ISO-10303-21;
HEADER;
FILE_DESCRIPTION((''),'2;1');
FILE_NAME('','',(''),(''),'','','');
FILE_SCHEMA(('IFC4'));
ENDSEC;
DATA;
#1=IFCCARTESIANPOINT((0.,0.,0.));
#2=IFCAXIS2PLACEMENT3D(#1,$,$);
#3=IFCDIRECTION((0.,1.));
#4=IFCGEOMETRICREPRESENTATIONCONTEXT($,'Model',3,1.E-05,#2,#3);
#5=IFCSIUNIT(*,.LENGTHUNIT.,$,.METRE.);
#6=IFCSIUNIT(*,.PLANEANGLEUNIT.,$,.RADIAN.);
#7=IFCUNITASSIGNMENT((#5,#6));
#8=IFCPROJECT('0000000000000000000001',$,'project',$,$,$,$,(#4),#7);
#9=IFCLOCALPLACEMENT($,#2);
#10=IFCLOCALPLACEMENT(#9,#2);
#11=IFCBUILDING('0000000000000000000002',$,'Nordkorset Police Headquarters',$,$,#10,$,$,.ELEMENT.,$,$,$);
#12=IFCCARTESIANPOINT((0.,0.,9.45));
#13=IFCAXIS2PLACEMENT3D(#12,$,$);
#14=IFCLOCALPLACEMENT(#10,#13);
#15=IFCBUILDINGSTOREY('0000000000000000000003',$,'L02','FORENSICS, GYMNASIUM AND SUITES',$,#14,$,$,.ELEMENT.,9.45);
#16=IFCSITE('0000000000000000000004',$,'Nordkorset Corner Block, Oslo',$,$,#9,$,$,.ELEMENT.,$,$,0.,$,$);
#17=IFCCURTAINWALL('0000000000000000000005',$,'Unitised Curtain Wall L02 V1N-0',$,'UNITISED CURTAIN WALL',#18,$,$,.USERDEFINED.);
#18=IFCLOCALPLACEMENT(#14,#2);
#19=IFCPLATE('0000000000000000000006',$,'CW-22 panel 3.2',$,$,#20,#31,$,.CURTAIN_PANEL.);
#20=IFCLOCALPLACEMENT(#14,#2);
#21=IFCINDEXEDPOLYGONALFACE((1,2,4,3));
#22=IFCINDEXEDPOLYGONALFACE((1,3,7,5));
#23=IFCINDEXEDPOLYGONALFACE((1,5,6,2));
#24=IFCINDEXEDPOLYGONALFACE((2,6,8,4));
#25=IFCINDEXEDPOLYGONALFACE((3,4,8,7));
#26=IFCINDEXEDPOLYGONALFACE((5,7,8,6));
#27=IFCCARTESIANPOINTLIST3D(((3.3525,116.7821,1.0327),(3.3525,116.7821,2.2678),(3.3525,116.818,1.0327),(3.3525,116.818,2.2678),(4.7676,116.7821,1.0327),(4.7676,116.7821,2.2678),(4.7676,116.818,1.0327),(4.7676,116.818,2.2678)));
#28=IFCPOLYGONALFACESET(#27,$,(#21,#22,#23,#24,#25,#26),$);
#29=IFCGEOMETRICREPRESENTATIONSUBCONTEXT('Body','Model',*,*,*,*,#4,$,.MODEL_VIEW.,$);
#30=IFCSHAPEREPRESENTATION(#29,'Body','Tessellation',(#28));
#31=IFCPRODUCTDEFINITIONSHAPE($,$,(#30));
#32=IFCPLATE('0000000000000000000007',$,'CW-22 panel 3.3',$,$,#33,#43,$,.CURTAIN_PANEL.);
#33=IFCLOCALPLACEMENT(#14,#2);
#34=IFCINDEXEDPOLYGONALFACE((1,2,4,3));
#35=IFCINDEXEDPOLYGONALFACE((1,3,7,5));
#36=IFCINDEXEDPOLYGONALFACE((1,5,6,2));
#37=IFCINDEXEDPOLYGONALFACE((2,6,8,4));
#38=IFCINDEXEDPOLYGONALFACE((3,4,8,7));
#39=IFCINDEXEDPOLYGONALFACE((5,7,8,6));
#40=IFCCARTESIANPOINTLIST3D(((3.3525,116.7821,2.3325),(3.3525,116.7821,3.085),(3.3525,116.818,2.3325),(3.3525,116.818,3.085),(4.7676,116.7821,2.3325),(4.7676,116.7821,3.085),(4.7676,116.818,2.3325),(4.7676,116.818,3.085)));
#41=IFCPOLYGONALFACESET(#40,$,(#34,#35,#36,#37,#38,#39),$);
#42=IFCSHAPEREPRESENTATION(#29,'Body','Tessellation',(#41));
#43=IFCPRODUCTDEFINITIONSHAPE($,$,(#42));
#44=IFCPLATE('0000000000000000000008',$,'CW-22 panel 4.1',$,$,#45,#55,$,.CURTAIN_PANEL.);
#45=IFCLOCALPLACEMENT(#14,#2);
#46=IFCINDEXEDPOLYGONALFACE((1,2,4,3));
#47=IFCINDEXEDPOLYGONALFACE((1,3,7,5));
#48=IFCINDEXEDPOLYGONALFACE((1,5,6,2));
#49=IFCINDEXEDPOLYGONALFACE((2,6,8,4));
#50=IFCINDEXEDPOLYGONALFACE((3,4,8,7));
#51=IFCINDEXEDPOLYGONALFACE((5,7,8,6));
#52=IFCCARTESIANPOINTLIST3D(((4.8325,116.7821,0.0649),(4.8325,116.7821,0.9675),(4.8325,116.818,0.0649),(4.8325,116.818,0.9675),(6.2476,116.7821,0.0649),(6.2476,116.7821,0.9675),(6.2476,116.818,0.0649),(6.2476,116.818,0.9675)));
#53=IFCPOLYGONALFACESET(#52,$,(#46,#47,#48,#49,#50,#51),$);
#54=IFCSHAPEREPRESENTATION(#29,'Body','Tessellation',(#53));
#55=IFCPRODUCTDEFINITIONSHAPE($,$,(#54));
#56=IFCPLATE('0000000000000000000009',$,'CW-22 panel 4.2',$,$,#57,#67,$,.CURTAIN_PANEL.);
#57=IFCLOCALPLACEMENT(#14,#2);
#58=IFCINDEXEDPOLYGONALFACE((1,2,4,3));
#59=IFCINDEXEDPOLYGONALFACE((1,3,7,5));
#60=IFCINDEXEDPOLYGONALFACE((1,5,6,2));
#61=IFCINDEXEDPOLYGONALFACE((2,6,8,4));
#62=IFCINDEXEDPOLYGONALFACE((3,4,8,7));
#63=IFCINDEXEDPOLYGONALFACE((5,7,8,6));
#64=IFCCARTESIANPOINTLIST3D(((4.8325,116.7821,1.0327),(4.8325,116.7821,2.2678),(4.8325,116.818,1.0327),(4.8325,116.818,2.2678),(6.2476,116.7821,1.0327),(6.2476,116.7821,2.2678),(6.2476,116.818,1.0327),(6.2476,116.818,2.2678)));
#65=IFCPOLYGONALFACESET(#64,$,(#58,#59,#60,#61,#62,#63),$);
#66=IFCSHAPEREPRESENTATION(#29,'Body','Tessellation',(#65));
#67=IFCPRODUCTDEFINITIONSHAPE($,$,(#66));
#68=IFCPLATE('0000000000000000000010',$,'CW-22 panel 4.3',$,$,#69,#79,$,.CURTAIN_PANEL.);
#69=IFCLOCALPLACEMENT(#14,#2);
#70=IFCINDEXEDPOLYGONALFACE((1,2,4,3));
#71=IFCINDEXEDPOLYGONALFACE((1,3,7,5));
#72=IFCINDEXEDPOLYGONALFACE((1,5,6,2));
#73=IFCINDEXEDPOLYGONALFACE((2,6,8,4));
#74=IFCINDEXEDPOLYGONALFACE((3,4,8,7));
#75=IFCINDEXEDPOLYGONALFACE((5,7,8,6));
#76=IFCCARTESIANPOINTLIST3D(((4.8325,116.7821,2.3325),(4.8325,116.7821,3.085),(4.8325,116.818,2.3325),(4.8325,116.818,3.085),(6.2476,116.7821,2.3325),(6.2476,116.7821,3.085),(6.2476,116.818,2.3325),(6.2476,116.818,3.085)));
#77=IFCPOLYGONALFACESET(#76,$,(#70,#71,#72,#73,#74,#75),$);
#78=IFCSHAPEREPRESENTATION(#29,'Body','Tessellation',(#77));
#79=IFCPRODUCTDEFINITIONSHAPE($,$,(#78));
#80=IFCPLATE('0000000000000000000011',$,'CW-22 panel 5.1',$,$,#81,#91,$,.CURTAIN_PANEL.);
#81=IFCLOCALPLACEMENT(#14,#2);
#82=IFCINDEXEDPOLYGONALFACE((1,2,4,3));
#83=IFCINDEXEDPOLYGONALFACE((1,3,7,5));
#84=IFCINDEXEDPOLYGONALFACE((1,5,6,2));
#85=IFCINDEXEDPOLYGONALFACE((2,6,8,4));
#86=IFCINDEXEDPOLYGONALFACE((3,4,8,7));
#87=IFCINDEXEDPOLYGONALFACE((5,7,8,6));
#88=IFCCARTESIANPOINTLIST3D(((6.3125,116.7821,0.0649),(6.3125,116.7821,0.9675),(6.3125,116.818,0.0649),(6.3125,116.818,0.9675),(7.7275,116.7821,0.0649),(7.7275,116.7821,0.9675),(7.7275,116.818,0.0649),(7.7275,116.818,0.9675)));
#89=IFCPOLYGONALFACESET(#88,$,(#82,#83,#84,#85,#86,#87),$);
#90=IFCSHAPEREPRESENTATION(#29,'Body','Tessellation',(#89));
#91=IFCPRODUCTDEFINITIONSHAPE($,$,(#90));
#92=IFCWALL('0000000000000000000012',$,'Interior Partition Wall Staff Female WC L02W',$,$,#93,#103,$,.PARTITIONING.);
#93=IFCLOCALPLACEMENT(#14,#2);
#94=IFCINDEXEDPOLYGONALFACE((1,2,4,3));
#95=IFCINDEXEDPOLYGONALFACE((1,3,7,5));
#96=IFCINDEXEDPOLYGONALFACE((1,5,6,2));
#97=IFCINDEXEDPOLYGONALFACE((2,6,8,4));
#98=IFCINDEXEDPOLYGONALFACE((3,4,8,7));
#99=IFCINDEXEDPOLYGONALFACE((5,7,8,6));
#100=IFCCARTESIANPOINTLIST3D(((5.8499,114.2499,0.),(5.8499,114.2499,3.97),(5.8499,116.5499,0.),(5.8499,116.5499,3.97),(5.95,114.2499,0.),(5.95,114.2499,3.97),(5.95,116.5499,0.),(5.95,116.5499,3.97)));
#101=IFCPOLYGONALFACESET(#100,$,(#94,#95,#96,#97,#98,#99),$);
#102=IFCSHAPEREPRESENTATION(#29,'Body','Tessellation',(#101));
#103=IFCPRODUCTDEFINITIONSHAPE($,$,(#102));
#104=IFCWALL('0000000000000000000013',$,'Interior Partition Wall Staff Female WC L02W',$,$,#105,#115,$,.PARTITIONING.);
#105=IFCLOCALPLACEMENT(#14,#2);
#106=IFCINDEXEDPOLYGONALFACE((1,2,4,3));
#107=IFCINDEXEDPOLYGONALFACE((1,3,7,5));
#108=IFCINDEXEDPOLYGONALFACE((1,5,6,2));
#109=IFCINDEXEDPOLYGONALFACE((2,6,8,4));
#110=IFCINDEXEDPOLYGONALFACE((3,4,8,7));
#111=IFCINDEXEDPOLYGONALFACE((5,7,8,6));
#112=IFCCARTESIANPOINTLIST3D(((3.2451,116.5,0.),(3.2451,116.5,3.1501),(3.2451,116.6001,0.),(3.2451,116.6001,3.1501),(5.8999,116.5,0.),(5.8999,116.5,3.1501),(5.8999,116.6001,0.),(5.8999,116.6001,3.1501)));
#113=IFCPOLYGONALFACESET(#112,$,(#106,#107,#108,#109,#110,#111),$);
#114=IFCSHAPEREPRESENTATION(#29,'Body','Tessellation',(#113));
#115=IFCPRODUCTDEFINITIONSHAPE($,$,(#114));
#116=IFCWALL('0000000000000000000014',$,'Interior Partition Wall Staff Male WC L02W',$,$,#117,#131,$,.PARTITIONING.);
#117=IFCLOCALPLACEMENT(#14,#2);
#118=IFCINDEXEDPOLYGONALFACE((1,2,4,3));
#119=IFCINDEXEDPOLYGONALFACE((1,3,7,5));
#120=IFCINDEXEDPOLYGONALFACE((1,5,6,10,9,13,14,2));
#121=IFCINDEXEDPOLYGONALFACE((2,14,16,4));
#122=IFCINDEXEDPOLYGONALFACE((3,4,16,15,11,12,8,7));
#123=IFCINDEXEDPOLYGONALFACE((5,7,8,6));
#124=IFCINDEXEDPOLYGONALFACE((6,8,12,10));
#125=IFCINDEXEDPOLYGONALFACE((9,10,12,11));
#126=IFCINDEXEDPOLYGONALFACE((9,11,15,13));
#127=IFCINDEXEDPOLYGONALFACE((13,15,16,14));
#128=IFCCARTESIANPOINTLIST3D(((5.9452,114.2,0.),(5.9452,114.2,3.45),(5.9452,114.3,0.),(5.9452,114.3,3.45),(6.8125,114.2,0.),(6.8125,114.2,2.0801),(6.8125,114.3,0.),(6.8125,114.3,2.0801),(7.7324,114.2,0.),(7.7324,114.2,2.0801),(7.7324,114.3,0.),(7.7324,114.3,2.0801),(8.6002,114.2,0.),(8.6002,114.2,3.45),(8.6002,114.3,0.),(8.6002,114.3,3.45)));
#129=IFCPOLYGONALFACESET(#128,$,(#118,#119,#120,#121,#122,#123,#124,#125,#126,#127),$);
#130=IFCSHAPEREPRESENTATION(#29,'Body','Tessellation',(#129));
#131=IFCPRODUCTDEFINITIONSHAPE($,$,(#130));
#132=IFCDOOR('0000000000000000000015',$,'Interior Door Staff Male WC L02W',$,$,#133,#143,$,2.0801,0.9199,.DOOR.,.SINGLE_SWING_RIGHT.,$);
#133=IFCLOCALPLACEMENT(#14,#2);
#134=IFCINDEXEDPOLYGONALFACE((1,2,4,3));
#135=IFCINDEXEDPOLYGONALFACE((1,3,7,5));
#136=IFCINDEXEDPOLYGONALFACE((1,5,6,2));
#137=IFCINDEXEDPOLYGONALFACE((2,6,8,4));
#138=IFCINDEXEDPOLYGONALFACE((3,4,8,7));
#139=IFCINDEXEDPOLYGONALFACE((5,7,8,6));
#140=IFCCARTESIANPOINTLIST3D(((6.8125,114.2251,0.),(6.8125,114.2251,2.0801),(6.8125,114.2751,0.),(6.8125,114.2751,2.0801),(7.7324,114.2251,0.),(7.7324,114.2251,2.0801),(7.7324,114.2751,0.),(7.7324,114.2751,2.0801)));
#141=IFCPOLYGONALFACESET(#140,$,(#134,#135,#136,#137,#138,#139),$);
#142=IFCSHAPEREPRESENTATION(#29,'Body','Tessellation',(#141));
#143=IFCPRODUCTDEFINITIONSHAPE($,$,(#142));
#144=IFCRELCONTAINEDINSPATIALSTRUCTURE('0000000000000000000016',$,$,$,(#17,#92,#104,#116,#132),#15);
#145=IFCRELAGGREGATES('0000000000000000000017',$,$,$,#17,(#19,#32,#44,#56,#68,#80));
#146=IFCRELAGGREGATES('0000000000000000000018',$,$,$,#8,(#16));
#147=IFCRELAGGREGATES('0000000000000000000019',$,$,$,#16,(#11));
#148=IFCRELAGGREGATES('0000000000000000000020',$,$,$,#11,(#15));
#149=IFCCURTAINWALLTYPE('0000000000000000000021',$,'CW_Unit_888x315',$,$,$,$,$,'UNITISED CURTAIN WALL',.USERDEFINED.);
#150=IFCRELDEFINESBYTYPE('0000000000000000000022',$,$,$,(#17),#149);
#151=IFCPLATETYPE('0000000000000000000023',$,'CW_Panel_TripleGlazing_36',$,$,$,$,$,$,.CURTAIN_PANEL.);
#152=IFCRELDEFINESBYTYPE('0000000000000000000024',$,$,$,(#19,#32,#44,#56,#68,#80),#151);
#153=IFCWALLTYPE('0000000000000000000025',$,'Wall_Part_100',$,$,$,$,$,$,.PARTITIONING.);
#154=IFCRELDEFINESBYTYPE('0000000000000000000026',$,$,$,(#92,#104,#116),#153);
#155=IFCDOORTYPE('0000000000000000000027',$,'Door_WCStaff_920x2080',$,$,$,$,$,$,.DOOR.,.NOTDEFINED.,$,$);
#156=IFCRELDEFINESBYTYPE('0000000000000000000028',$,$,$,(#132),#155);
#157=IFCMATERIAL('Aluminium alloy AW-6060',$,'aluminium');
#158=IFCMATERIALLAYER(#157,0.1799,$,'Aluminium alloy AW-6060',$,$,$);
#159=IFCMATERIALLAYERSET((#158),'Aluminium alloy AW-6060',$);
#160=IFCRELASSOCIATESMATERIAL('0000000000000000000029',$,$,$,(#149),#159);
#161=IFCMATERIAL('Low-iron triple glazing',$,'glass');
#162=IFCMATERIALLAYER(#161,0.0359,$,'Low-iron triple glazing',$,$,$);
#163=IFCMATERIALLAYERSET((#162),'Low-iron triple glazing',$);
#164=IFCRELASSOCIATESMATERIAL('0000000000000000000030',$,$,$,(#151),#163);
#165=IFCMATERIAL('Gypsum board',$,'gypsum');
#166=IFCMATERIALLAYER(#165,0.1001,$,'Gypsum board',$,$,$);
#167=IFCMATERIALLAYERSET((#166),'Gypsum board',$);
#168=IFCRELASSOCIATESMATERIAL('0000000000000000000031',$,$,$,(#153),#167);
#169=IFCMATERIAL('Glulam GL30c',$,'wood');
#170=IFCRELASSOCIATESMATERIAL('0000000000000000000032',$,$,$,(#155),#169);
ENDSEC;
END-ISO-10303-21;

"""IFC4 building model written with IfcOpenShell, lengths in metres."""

from ifc_helpers import new_model, si_unit, direction, frame, frame_2d, origin, origin_2d, place, context, subcontext, project, spatial, rectangle, extrude, material, layer, layer_set, type_object, element, fill, aggregate, save


model = new_model("IFC4")

# Units and contexts
model_context = context("Model", 3, precision=1e-05, world=origin(), true_north=direction((0.0, 1.0)))
body_context = subcontext(model_context, "Body", "Model", "MODEL_VIEW")
ifc_project = project(units=[si_unit("LENGTHUNIT", "METRE"), si_unit("PLANEANGLEUNIT", "RADIAN")], contexts=[model_context])

# Site, building, storey
site_placement = place(None, origin())
site = spatial("IfcSite", under=ifc_project, at=site_placement, Name="Nordkorset Corner Block, Oslo", CompositionType="ELEMENT", RefElevation=0.0)
building_placement = place(site_placement, origin())
building = spatial("IfcBuilding", under=site, at=building_placement, Name="Nordkorset Police Headquarters", CompositionType="ELEMENT")
storey_placement = place(building_placement, frame((0.0, 0.0, 9.45)))
storey = spatial("IfcBuildingStorey", under=building, at=storey_placement, Name="L02", Description="FORENSICS, GYMNASIUM AND SUITES", CompositionType="ELEMENT", Elevation=9.45)

# Curtain wall, plates
ifc_material_1 = material(Name="Aluminium alloy AW-6060", Category="aluminium")
ifc_layer_1 = layer(ifc_material_1, 0.1799, Name="Aluminium alloy AW-6060")
ifc_layer_set_1 = layer_set([ifc_layer_1], Name="Aluminium alloy AW-6060")
curtain_wall_type = type_object("IfcCurtainWallType", Name="CW_Unit_888x315", ElementType="UNITISED CURTAIN WALL", PredefinedType="USERDEFINED", material=ifc_layer_set_1)
curtain_wall_placement = place(storey_placement, origin())
curtain_wall = element("IfcCurtainWall", 1, at=curtain_wall_placement, inside=storey, type_object=curtain_wall_type, Name="Unitised Curtain Wall L02 V1N-0", ObjectType="UNITISED CURTAIN WALL", PredefinedType="USERDEFINED")
ifc_material_2 = material(Name="Low-iron triple glazing", Category="glass")
ifc_layer_2 = layer(ifc_material_2, 0.0359, Name="Low-iron triple glazing")
ifc_layer_set_2 = layer_set([ifc_layer_2], Name="Low-iron triple glazing")
plate_type = type_object("IfcPlateType", Name="CW_Panel_TripleGlazing_36", PredefinedType="CURTAIN_PANEL", material=ifc_layer_set_2)
plate_1_placement = place(storey_placement, frame((4.0601, 116.8, 1.0327), z_axis=(0.0, 0.0, 1.0), x_axis=(1.0, 0.0, 0.0)))
plate_1 = element("IfcPlate", 2, at=plate_1_placement, type_object=plate_type, Name="CW-22 panel 3.2", PredefinedType="CURTAIN_PANEL", context=body_context, shape_type="SweptSolid", body=[
    extrude(rectangle(XDim=1.415, YDim=0.0359, at=origin_2d()), origin(), (0.0, 0.0, 1.0), 1.2351),
])
plate_2_placement = place(storey_placement, frame((4.0601, 116.8, 2.3325), z_axis=(0.0, 0.0, 1.0), x_axis=(1.0, 0.0, 0.0)))
plate_2 = element("IfcPlate", 3, at=plate_2_placement, type_object=plate_type, Name="CW-22 panel 3.3", PredefinedType="CURTAIN_PANEL", context=body_context, shape_type="SweptSolid", body=[
    extrude(rectangle(XDim=1.415, YDim=0.0359, at=origin_2d()), origin(), (0.0, 0.0, 1.0), 0.7524),
])
plate_3_placement = place(storey_placement, frame((5.54, 116.8, 0.0649), z_axis=(0.0, 0.0, 1.0), x_axis=(1.0, 0.0, 0.0)))
plate_3 = element("IfcPlate", 4, at=plate_3_placement, type_object=plate_type, Name="CW-22 panel 4.1", PredefinedType="CURTAIN_PANEL", context=body_context, shape_type="SweptSolid", body=[
    extrude(rectangle(XDim=1.415, YDim=0.0359, at=origin_2d()), origin(), (0.0, 0.0, 1.0), 0.9026),
])
plate_4_placement = place(storey_placement, frame((5.54, 116.8, 1.0327), z_axis=(0.0, 0.0, 1.0), x_axis=(1.0, 0.0, 0.0)))
plate_4 = element("IfcPlate", 5, at=plate_4_placement, type_object=plate_type, Name="CW-22 panel 4.2", PredefinedType="CURTAIN_PANEL", context=body_context, shape_type="SweptSolid", body=[
    extrude(rectangle(XDim=1.415, YDim=0.0359, at=origin_2d()), origin(), (0.0, 0.0, 1.0), 1.2351),
])
plate_5_placement = place(storey_placement, frame((5.54, 116.8, 2.3325), z_axis=(0.0, 0.0, 1.0), x_axis=(1.0, 0.0, 0.0)))
plate_5 = element("IfcPlate", 6, at=plate_5_placement, type_object=plate_type, Name="CW-22 panel 4.3", PredefinedType="CURTAIN_PANEL", context=body_context, shape_type="SweptSolid", body=[
    extrude(rectangle(XDim=1.415, YDim=0.0359, at=origin_2d()), origin(), (0.0, 0.0, 1.0), 0.7524),
])
plate_6_placement = place(storey_placement, frame((7.02, 116.8, 0.0649), z_axis=(0.0, 0.0, 1.0), x_axis=(1.0, 0.0, 0.0)))
plate_6 = element("IfcPlate", 7, at=plate_6_placement, type_object=plate_type, Name="CW-22 panel 5.1", PredefinedType="CURTAIN_PANEL", context=body_context, shape_type="SweptSolid", body=[
    extrude(rectangle(XDim=1.415, YDim=0.0359, at=origin_2d()), origin(), (0.0, 0.0, 1.0), 0.9026),
])
aggregate(curtain_wall, [plate_1, plate_2, plate_3, plate_4, plate_5, plate_6])

# Walls
ifc_material_3 = material(Name="Gypsum board", Category="gypsum")
ifc_layer_3 = layer(ifc_material_3, 0.1001, Name="Gypsum board")
ifc_layer_set_3 = layer_set([ifc_layer_3], Name="Gypsum board")
wall_type = type_object("IfcWallType", Name="Wall_Part_100", PredefinedType="PARTITIONING", material=ifc_layer_set_3)
wall_1_placement = place(storey_placement, frame((5.8999, 114.25, 0.0), z_axis=(0.0, 0.0, 1.0), x_axis=(0.0, 1.0, 0.0)))
element("IfcWall", 8, at=wall_1_placement, inside=storey, type_object=wall_type, Name="Interior Partition Wall Staff Female WC L02W", PredefinedType="PARTITIONING", context=body_context, shape_type="SweptSolid", body=[
    extrude(rectangle(XDim=2.3, YDim=0.1001, at=frame_2d((1.1499, 0.0))), origin(), (0.0, 0.0, 1.0), 3.97),
])
wall_2_placement = place(storey_placement, frame((5.8999, 116.55, 0.0), z_axis=(0.0, 0.0, 1.0), x_axis=(-1.0, 0.0, 0.0)))
element("IfcWall", 9, at=wall_2_placement, inside=storey, type_object=wall_type, Name="Interior Partition Wall Staff Female WC L02W", PredefinedType="PARTITIONING", context=body_context, shape_type="SweptSolid", body=[
    extrude(rectangle(XDim=2.6548, YDim=0.1001, at=frame_2d((1.3274, 0.0))), origin(), (0.0, 0.0, 1.0), 3.1501),
])

# Wall, opening, door
wall_3_placement = place(storey_placement, frame((5.9451, 114.25, 0.0), z_axis=(0.0, 0.0, 1.0), x_axis=(1.0, 0.0, 0.0)))
wall_3 = element("IfcWall", 10, at=wall_3_placement, inside=storey, type_object=wall_type, Name="Interior Partition Wall Staff Male WC L02W", PredefinedType="PARTITIONING", context=body_context, shape_type="SweptSolid", body=[
    extrude(rectangle(XDim=2.655, YDim=0.1001, at=frame_2d((1.3276, 0.0))), origin(), (0.0, 0.0, 1.0), 3.45),
])
opening_placement = place(wall_3_placement, frame((0.8674, 0.0, 0.0)))
opening = element("IfcOpeningElement", 11, at=opening_placement, cuts=wall_3, PredefinedType="OPENING", context=body_context, shape_type="SweptSolid", body=[
    extrude(rectangle(XDim=0.9199, YDim=2.0801, at=frame_2d((0.46, 1.04))), frame((0.0, 0.0601, 0.0), z_axis=(0.0, -1.0, 0.0), x_axis=(1.0, 0.0, 0.0)), (0.0, 0.0, 1.0), 0.1201),
])
ifc_material_4 = material(Name="Glulam GL30c", Category="wood")
door_type = type_object("IfcDoorType", Name="Door_WCStaff_920x2080", OperationType="NOTDEFINED", PredefinedType="DOOR", material=ifc_material_4)
door_placement = place(opening_placement, frame((0.9199, 0.0, 0.0), z_axis=(0.0, 0.0, 1.0), x_axis=(-1.0, 0.0, 0.0)))
door = element("IfcDoor", 12, at=door_placement, inside=storey, type_object=door_type, Name="Interior Door Staff Male WC L02W", OperationType="SINGLE_SWING_RIGHT", OverallHeight=2.0801, OverallWidth=0.9199, PredefinedType="DOOR", context=body_context, shape_type="SweptSolid", body=[
    extrude(rectangle(XDim=0.9199, YDim=2.0801, at=frame_2d((0.46, 1.04))), frame((0.0, 0.0249, 0.0), z_axis=(0.0, -1.0, 0.0), x_axis=(1.0, 0.0, 0.0)), (0.0, 0.0, 1.0), 0.05),
])
fill(opening, door)

save(model, "model.ifc")
